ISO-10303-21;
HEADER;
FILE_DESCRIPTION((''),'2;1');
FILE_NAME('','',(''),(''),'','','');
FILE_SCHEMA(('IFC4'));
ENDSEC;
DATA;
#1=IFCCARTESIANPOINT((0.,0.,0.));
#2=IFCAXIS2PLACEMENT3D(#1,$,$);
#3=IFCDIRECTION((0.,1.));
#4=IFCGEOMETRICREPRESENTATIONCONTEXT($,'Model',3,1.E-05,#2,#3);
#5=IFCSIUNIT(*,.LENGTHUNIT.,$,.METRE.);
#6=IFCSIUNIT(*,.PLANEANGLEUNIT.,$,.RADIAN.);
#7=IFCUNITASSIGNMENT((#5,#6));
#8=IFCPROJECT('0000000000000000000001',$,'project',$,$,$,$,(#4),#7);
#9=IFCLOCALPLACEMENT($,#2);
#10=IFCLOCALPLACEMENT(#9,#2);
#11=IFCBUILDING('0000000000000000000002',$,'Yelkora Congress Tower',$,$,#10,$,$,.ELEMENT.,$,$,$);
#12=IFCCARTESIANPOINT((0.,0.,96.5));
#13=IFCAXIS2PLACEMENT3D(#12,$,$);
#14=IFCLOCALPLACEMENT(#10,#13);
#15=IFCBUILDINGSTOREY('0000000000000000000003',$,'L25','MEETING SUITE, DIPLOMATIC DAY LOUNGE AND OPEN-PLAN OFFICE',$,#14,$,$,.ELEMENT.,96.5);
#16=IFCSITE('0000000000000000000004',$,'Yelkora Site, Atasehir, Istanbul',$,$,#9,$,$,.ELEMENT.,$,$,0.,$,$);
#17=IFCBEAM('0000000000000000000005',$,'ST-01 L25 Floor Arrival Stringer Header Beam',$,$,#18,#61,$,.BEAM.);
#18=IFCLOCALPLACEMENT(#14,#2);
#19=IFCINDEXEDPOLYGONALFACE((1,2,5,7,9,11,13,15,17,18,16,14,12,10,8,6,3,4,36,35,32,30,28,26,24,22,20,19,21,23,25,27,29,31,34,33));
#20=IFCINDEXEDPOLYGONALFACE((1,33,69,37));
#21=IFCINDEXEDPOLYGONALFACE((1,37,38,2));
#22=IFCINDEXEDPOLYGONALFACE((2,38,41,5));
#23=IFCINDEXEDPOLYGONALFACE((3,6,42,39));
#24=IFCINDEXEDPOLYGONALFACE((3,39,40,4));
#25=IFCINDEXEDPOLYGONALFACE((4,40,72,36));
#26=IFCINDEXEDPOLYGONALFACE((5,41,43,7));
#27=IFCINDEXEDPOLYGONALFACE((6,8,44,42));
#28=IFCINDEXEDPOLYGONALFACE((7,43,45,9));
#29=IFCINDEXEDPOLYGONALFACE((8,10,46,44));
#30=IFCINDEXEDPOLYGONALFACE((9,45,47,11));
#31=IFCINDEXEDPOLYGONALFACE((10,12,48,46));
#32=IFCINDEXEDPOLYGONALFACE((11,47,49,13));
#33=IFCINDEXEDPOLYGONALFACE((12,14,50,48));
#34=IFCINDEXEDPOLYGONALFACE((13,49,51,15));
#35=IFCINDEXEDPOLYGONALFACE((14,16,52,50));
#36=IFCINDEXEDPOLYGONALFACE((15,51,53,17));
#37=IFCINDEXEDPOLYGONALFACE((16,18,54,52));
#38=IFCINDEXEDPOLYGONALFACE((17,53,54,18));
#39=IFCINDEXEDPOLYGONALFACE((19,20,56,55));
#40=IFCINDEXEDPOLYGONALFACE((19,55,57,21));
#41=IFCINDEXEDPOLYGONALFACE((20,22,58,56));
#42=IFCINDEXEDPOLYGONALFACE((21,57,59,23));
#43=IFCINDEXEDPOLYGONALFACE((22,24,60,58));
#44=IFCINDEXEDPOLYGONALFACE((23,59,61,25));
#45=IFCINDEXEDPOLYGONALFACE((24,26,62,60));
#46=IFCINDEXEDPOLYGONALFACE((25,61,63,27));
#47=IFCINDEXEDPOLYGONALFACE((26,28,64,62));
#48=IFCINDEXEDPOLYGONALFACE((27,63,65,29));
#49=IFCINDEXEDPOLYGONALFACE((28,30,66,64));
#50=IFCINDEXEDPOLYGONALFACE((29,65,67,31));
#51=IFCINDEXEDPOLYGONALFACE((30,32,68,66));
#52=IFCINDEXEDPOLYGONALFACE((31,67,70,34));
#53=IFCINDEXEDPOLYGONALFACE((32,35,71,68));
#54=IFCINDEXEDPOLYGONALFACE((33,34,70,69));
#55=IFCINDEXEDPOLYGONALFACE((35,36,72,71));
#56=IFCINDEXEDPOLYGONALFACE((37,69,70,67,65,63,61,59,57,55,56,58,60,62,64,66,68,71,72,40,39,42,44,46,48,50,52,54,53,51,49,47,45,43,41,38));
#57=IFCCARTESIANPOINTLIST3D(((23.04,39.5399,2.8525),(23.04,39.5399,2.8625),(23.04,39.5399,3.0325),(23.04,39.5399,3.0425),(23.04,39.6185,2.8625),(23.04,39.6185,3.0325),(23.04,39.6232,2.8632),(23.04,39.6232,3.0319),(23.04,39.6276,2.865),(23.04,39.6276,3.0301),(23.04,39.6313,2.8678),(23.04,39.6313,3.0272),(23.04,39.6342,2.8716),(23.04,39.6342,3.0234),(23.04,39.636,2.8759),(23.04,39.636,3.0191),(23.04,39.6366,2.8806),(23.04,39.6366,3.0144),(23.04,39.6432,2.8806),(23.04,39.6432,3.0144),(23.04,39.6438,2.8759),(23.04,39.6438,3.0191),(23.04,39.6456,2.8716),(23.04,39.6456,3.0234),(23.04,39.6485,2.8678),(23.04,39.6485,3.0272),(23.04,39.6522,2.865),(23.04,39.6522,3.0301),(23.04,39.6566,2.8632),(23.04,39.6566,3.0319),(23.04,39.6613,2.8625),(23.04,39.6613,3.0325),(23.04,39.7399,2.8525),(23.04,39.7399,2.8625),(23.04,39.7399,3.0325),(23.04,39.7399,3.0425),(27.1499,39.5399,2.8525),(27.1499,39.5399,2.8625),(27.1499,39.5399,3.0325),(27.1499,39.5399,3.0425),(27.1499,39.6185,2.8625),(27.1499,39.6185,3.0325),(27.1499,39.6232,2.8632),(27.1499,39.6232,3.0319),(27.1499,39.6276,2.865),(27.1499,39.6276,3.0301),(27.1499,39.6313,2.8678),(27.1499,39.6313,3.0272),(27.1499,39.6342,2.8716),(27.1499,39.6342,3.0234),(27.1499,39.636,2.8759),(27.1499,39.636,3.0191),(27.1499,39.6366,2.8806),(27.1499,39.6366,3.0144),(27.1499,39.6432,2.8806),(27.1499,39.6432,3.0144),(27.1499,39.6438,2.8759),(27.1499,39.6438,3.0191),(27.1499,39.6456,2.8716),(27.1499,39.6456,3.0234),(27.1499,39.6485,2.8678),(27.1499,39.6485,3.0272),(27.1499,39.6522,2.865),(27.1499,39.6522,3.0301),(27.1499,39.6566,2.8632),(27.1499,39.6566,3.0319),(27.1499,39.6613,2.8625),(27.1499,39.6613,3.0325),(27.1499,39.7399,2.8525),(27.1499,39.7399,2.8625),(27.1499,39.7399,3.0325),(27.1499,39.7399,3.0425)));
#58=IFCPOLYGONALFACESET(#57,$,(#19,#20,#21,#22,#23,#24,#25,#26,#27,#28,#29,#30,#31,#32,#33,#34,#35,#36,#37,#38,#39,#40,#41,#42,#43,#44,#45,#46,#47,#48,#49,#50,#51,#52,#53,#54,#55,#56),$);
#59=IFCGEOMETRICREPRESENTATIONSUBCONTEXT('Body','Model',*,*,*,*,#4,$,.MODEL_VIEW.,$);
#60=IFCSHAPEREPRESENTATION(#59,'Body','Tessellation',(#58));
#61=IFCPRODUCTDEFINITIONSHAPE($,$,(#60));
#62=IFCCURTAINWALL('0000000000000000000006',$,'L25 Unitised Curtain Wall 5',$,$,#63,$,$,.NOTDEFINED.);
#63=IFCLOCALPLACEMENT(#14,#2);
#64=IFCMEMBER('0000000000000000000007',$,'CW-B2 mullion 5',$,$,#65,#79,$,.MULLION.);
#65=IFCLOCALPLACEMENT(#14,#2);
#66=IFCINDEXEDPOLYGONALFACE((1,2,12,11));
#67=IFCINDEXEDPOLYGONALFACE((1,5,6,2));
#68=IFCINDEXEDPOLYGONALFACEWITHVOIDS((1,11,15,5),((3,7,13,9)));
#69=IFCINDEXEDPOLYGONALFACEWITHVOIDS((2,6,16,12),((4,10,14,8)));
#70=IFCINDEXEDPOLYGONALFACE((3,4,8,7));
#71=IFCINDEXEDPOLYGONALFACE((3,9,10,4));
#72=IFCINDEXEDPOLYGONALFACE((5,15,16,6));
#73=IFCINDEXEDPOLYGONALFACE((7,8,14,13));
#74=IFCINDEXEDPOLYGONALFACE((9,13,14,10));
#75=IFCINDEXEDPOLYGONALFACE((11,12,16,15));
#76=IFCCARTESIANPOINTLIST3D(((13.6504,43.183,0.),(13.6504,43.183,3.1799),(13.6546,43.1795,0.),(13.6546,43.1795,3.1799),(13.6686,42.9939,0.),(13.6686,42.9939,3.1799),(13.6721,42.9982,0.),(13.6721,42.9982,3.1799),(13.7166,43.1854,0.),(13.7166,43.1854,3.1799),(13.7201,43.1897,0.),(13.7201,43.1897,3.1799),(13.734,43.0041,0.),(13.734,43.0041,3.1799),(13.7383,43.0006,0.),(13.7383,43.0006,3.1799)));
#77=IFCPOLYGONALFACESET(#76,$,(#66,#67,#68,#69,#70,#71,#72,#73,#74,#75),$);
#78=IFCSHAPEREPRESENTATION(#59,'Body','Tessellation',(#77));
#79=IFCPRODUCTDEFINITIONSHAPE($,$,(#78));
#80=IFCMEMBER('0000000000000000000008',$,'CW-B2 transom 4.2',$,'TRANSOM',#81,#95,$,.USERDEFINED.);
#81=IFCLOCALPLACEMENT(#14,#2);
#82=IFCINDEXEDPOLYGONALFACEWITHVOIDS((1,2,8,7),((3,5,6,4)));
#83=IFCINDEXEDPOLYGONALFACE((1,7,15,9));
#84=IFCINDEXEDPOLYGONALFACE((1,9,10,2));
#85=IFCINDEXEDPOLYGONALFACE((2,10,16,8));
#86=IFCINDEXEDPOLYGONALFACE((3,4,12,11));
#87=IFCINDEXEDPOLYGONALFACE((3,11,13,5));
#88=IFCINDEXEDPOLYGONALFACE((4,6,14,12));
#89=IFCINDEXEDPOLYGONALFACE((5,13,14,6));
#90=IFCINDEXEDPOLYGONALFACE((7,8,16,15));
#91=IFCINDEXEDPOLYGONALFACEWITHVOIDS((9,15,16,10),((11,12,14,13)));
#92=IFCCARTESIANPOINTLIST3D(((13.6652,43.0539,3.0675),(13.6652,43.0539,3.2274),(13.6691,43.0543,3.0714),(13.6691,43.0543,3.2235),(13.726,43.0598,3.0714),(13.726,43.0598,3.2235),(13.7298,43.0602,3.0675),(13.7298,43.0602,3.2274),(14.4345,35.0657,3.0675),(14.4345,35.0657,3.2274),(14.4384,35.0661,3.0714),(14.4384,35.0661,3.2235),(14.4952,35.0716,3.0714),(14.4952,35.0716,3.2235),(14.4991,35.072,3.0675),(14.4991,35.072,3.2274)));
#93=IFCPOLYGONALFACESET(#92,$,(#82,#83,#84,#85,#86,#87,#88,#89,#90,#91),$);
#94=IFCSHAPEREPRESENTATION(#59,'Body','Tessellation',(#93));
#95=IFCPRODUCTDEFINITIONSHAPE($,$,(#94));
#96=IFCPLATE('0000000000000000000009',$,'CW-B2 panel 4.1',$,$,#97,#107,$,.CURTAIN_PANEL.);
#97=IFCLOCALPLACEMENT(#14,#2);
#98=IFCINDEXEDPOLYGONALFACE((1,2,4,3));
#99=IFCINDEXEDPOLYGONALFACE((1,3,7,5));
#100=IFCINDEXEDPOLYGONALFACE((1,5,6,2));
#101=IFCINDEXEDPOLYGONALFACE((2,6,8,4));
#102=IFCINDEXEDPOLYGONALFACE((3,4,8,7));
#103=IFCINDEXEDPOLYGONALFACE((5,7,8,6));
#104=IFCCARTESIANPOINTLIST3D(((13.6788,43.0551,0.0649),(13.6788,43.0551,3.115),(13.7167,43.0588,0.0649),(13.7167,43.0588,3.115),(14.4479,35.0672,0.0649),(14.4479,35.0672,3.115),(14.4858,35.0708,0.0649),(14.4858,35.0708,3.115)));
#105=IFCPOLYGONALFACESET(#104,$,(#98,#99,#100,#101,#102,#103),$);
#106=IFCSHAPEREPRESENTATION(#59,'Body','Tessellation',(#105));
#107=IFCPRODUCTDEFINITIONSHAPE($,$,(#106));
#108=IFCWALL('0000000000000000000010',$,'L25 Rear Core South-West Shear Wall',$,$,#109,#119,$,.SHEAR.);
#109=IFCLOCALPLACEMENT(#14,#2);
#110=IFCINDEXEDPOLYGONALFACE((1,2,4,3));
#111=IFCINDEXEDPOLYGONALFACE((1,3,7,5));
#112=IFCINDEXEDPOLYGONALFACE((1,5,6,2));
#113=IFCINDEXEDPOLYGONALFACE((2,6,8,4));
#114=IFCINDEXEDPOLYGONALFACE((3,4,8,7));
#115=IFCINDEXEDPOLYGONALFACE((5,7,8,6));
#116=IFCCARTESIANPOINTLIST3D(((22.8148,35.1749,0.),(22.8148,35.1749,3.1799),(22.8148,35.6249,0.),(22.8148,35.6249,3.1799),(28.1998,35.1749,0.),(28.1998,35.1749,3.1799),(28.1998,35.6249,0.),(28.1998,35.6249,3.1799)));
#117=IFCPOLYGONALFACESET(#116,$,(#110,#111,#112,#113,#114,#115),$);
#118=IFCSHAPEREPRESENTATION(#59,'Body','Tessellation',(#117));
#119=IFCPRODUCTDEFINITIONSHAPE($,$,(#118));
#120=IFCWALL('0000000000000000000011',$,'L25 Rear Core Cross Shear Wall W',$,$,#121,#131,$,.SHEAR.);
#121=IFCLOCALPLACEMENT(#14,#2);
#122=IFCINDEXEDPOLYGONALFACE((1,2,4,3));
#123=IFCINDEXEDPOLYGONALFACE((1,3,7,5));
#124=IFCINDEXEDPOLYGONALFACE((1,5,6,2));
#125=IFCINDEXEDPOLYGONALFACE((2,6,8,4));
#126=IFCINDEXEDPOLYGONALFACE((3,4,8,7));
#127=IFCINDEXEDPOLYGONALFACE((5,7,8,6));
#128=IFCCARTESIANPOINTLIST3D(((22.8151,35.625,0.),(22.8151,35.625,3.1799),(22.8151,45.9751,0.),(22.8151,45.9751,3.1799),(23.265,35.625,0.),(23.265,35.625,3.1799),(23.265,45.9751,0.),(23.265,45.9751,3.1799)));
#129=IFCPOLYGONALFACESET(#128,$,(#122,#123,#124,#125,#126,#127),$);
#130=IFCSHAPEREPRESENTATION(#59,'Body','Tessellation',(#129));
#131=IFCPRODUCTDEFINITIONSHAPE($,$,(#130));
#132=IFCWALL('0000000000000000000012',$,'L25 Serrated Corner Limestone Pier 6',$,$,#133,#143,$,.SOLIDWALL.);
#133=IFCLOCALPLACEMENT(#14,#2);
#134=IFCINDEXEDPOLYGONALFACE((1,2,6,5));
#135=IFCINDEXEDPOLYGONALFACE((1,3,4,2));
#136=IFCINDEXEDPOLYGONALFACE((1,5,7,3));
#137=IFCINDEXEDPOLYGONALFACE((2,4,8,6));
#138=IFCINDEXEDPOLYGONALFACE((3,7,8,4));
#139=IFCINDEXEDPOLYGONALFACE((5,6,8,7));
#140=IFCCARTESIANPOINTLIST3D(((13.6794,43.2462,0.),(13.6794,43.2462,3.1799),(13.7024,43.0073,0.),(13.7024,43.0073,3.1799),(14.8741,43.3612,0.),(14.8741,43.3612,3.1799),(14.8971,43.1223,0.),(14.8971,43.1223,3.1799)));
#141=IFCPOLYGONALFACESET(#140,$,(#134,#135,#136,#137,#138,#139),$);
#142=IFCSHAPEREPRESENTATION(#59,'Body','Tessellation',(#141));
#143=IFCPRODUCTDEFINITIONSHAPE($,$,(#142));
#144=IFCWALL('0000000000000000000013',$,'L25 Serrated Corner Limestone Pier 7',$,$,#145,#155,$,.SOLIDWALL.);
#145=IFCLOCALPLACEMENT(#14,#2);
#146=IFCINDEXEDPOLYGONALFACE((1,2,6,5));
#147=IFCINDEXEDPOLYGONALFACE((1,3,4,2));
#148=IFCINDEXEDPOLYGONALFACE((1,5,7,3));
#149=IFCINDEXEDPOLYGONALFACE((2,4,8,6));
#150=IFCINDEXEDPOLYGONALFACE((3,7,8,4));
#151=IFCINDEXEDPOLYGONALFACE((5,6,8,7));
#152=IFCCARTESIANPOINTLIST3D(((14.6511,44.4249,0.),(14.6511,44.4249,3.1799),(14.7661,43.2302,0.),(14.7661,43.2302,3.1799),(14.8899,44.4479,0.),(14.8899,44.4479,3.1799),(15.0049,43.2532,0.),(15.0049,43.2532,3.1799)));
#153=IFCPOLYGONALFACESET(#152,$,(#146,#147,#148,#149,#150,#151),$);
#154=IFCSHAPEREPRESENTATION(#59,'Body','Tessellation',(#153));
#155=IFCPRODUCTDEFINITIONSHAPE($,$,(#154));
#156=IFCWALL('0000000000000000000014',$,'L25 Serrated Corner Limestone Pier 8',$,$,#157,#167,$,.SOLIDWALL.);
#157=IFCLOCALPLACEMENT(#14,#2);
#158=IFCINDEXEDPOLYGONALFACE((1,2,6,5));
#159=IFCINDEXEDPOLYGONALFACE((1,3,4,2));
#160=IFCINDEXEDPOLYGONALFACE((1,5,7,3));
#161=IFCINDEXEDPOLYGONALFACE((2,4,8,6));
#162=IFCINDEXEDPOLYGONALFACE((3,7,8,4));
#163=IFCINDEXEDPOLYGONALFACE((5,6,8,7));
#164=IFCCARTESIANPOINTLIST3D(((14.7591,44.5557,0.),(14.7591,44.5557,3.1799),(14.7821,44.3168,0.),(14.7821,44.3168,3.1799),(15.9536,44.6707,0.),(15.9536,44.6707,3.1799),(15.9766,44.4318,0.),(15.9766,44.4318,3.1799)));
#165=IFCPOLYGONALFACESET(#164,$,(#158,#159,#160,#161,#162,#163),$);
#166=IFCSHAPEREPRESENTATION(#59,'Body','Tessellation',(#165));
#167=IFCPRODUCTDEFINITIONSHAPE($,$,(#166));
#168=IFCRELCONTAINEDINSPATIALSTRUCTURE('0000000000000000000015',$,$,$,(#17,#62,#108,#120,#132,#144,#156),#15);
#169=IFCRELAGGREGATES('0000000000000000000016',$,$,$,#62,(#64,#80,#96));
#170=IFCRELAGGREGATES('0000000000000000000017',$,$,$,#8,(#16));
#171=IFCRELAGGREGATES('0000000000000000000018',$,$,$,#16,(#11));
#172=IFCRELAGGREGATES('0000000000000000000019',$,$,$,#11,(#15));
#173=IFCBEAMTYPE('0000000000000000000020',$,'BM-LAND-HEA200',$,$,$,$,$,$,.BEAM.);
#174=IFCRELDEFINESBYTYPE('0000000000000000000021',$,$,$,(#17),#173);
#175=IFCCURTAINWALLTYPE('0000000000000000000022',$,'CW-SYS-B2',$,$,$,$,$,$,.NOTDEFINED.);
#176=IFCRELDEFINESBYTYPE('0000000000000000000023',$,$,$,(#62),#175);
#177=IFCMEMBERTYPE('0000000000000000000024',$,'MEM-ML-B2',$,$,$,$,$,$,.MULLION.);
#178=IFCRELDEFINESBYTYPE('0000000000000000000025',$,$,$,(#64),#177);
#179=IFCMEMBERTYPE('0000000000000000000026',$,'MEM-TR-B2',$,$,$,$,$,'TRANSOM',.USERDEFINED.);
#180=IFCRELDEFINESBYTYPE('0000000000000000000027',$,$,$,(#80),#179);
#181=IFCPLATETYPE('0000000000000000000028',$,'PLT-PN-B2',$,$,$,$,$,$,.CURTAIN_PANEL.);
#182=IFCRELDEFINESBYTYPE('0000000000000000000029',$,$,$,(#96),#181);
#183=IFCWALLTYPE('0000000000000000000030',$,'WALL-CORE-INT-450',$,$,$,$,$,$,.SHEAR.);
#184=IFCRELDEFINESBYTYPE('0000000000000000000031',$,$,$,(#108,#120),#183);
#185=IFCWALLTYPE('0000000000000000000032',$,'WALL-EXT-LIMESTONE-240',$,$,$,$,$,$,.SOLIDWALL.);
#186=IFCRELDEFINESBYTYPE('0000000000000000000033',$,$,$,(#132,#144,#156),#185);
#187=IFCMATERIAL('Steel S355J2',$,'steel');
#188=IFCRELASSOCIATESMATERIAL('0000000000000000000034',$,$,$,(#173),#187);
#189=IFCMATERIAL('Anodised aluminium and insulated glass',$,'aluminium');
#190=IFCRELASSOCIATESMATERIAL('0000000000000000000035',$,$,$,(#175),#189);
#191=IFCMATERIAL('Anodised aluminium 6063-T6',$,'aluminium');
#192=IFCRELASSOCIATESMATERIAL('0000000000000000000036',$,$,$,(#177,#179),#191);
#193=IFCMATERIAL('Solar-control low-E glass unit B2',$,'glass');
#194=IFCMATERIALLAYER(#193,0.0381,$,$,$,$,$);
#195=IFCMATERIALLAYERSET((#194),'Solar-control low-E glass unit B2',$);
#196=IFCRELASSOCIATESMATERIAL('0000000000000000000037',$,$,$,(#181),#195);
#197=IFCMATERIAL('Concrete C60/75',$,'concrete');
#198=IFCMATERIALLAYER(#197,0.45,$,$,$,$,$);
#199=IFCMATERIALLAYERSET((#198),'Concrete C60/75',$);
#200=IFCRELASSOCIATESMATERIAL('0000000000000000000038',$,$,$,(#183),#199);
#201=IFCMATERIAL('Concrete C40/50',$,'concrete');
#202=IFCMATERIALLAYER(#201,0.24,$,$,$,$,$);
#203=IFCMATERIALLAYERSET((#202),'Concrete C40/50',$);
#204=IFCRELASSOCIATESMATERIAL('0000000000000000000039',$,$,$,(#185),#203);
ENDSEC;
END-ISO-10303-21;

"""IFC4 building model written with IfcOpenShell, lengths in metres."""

from ifc_helpers import new_model, si_unit, direction, frame, frame_2d, origin, origin_2d, place, context, subcontext, project, spatial, rectangle, hollow_rectangle, i_section, extrude, material, layer, layer_set, material_profile, profile_set, type_object, element, aggregate, save


model = new_model("IFC4")

# Units and contexts
model_context = context("Model", 3, precision=1e-05, world=origin(), true_north=direction((0.0, 1.0)))
body_context = subcontext(model_context, "Body", "Model", "MODEL_VIEW")
ifc_project = project(units=[si_unit("LENGTHUNIT", "METRE"), si_unit("PLANEANGLEUNIT", "RADIAN")], contexts=[model_context])

# Site, building, storey
site_placement = place(None, origin())
site = spatial("IfcSite", under=ifc_project, at=site_placement, Name="Yelkora Site, Atasehir, Istanbul", CompositionType="ELEMENT", RefElevation=0.0)
building_placement = place(site_placement, origin())
building = spatial("IfcBuilding", under=site, at=building_placement, Name="Yelkora Congress Tower", CompositionType="ELEMENT")
storey_placement = place(building_placement, frame((0.0, 0.0, 96.5)))
storey = spatial("IfcBuildingStorey", under=building, at=storey_placement, Name="L25", Description="MEETING SUITE, DIPLOMATIC DAY LOUNGE AND OPEN-PLAN OFFICE", CompositionType="ELEMENT", Elevation=96.5)

# Beam
ifc_material_1 = material(Name="Steel S355J2", Category="steel")
ifc_material_profile_1 = material_profile(ifc_material_1, i_section(OverallWidth=0.2, OverallDepth=0.1899, WebThickness=0.0066, FlangeThickness=0.01, FilletRadius=0.0181, at=origin_2d()), Name="HEA 200")
ifc_profile_set_1 = profile_set([ifc_material_profile_1], Name="Steel S355J2")
beam_type_1 = type_object("IfcBeamType", Name="BM-LAND-HEA200", PredefinedType="BEAM", material=ifc_profile_set_1)
beam_1_placement = place(storey_placement, frame((23.04, 39.6399, 2.9475), z_axis=(1.0, 0.0, 0.0), x_axis=(0.0, 1.0, 0.0)))
element("IfcBeam", 1, at=beam_1_placement, inside=storey, type_object=beam_type_1, Name="ST-01 L25 Floor Arrival Stringer Header Beam", PredefinedType="BEAM", context=body_context, shape_type="SweptSolid", body=[
    extrude(i_section(OverallWidth=0.2, OverallDepth=0.1899, WebThickness=0.0066, FlangeThickness=0.01, FilletRadius=0.0181, at=origin_2d()), origin(), (0.0, 0.0, 1.0), 4.1099),
])

# Curtain wall, members, plate
ifc_material_2 = material(Name="Anodised aluminium and insulated glass", Category="aluminium")
curtain_wall_type = type_object("IfcCurtainWallType", Name="CW-SYS-B2", PredefinedType="NOTDEFINED", material=ifc_material_2)
curtain_wall_placement = place(storey_placement, origin())
curtain_wall = element("IfcCurtainWall", 2, at=curtain_wall_placement, inside=storey, type_object=curtain_wall_type, Name="L25 Unitised Curtain Wall 5", PredefinedType="NOTDEFINED")
ifc_material_3 = material(Name="Anodised aluminium 6063-T6", Category="aluminium")
ifc_material_profile_2 = material_profile(ifc_material_3, hollow_rectangle(XDim=0.0701, YDim=0.1899, WallThickness=0.0039, at=origin_2d()), Name="ALU 70x190x4")
ifc_profile_set_2 = profile_set([ifc_material_profile_2], Name="Anodised aluminium 6063-T6")
member_type_1 = type_object("IfcMemberType", Name="MEM-ML-B2", PredefinedType="MULLION", material=ifc_profile_set_2)
member_1_placement = place(storey_placement, frame((13.6943, 43.0918, 0.0), z_axis=(0.0, 0.0, 1.0), x_axis=(-0.995397, -0.095843, 0.0)))
member_1 = element("IfcMember", 3, at=member_1_placement, type_object=member_type_1, Name="CW-B2 mullion 5", PredefinedType="MULLION", context=body_context, shape_type="SweptSolid", body=[
    extrude(hollow_rectangle(XDim=0.0701, YDim=0.1899, WallThickness=0.0039, at=origin_2d()), origin(), (0.0, 0.0, 1.0), 3.1799),
])
ifc_material_profile_3 = material_profile(ifc_material_3, hollow_rectangle(XDim=0.0649, YDim=0.1599, WallThickness=0.0039, at=origin_2d()), Name="ALU 65x160x4")
ifc_profile_set_3 = profile_set([ifc_material_profile_3], Name="Anodised aluminium 6063-T6")
member_type_2 = type_object("IfcMemberType", Name="MEM-TR-B2", ElementType="TRANSOM", PredefinedType="USERDEFINED", material=ifc_profile_set_3)
member_2_placement = place(storey_placement, frame((14.4668, 35.0688, 3.1475), z_axis=(-0.095858, 0.995395, 0.0), x_axis=(-0.995395, -0.095858, 0.0)))
member_2 = element("IfcMember", 4, at=member_2_placement, type_object=member_type_2, Name="CW-B2 transom 4.2", ObjectType="TRANSOM", PredefinedType="USERDEFINED", context=body_context, shape_type="SweptSolid", body=[
    extrude(hollow_rectangle(XDim=0.0649, YDim=0.1599, WallThickness=0.0039, at=origin_2d()), origin(), (0.0, 0.0, 1.0), 8.0251),
])
ifc_material_4 = material(Name="Solar-control low-E glass unit B2", Category="glass")
ifc_layer_1 = layer(ifc_material_4, 0.0381)
ifc_layer_set_1 = layer_set([ifc_layer_1], Name="Solar-control low-E glass unit B2")
plate_type = type_object("IfcPlateType", Name="PLT-PN-B2", PredefinedType="CURTAIN_PANEL", material=ifc_layer_set_1)
plate_placement = place(storey_placement, frame((14.0823, 39.063, 0.0649), z_axis=(0.0, 0.0, 1.0), x_axis=(-0.095843, 0.995397, 0.0)))
plate = element("IfcPlate", 5, at=plate_placement, type_object=plate_type, Name="CW-B2 panel 4.1", PredefinedType="CURTAIN_PANEL", context=body_context, shape_type="SweptSolid", body=[
    extrude(rectangle(XDim=8.0249, YDim=0.0381, at=origin_2d()), origin(), (0.0, 0.0, 1.0), 3.05),
])
aggregate(curtain_wall, [member_1, member_2, plate])

# Walls
ifc_material_5 = material(Name="Concrete C60/75", Category="concrete")
ifc_layer_2 = layer(ifc_material_5, 0.45)
ifc_layer_set_2 = layer_set([ifc_layer_2], Name="Concrete C60/75")
wall_type_1 = type_object("IfcWallType", Name="WALL-CORE-INT-450", PredefinedType="SHEAR", material=ifc_layer_set_2)
wall_1_placement = place(storey_placement, frame((22.8149, 35.3999, 0.0), z_axis=(0.0, 0.0, 1.0), x_axis=(1.0, 0.0, 0.0)))
element("IfcWall", 6, at=wall_1_placement, inside=storey, type_object=wall_type_1, Name="L25 Rear Core South-West Shear Wall", PredefinedType="SHEAR", context=body_context, shape_type="SweptSolid", body=[
    extrude(rectangle(XDim=5.385, YDim=0.45, at=frame_2d((2.6924, 0.0))), origin(), (0.0, 0.0, 1.0), 3.1799),
])
wall_2_placement = place(storey_placement, frame((23.04, 35.625, 0.0), z_axis=(0.0, 0.0, 1.0), x_axis=(0.0, 1.0, 0.0)))
element("IfcWall", 7, at=wall_2_placement, inside=storey, type_object=wall_type_1, Name="L25 Rear Core Cross Shear Wall W", PredefinedType="SHEAR", context=body_context, shape_type="SweptSolid", body=[
    extrude(rectangle(XDim=10.3501, YDim=0.45, at=frame_2d((5.175, 0.0))), origin(), (0.0, 0.0, 1.0), 3.1799),
])
ifc_material_6 = material(Name="Concrete C40/50", Category="concrete")
ifc_layer_3 = layer(ifc_material_6, 0.24)
ifc_layer_set_3 = layer_set([ifc_layer_3], Name="Concrete C40/50")
wall_type_2 = type_object("IfcWallType", Name="WALL-EXT-LIMESTONE-240", PredefinedType="SOLIDWALL", material=ifc_layer_set_3)
for number, where, z_axis, x_axis, name in (
    (8, (13.6909, 43.1267, 0.0), (0.0, 0.0, 1.0), (0.995399, 0.095817, 0.0), "L25 Serrated Corner Limestone Pier 6"),
    (9, (14.8855, 43.2417, 0.0), (0.0, 0.0, 1.0), (-0.095817, 0.995399, 0.0), "L25 Serrated Corner Limestone Pier 7"),
):
    element("IfcWall", number, at=place(storey_placement, frame(where, z_axis=z_axis, x_axis=x_axis)), inside=storey, type_object=wall_type_2, Name=name, PredefinedType="SOLIDWALL", context=body_context, shape_type="SweptSolid", body=[
        extrude(rectangle(XDim=1.2002, YDim=0.24, at=frame_2d((0.6001, 0.0))), origin(), (0.0, 0.0, 1.0), 3.1799),
    ])
wall_3_placement = place(storey_placement, frame((14.7705, 44.4363, 0.0), z_axis=(0.0, 0.0, 1.0), x_axis=(0.995397, 0.095836, 0.0)))
element("IfcWall", 10, at=wall_3_placement, inside=storey, type_object=wall_type_2, Name="L25 Serrated Corner Limestone Pier 8", PredefinedType="SOLIDWALL", context=body_context, shape_type="SweptSolid", body=[
    extrude(rectangle(XDim=1.2, YDim=0.24, at=frame_2d((0.6001, 0.0))), origin(), (0.0, 0.0, 1.0), 3.1799),
])

save(model, "model.ifc")
